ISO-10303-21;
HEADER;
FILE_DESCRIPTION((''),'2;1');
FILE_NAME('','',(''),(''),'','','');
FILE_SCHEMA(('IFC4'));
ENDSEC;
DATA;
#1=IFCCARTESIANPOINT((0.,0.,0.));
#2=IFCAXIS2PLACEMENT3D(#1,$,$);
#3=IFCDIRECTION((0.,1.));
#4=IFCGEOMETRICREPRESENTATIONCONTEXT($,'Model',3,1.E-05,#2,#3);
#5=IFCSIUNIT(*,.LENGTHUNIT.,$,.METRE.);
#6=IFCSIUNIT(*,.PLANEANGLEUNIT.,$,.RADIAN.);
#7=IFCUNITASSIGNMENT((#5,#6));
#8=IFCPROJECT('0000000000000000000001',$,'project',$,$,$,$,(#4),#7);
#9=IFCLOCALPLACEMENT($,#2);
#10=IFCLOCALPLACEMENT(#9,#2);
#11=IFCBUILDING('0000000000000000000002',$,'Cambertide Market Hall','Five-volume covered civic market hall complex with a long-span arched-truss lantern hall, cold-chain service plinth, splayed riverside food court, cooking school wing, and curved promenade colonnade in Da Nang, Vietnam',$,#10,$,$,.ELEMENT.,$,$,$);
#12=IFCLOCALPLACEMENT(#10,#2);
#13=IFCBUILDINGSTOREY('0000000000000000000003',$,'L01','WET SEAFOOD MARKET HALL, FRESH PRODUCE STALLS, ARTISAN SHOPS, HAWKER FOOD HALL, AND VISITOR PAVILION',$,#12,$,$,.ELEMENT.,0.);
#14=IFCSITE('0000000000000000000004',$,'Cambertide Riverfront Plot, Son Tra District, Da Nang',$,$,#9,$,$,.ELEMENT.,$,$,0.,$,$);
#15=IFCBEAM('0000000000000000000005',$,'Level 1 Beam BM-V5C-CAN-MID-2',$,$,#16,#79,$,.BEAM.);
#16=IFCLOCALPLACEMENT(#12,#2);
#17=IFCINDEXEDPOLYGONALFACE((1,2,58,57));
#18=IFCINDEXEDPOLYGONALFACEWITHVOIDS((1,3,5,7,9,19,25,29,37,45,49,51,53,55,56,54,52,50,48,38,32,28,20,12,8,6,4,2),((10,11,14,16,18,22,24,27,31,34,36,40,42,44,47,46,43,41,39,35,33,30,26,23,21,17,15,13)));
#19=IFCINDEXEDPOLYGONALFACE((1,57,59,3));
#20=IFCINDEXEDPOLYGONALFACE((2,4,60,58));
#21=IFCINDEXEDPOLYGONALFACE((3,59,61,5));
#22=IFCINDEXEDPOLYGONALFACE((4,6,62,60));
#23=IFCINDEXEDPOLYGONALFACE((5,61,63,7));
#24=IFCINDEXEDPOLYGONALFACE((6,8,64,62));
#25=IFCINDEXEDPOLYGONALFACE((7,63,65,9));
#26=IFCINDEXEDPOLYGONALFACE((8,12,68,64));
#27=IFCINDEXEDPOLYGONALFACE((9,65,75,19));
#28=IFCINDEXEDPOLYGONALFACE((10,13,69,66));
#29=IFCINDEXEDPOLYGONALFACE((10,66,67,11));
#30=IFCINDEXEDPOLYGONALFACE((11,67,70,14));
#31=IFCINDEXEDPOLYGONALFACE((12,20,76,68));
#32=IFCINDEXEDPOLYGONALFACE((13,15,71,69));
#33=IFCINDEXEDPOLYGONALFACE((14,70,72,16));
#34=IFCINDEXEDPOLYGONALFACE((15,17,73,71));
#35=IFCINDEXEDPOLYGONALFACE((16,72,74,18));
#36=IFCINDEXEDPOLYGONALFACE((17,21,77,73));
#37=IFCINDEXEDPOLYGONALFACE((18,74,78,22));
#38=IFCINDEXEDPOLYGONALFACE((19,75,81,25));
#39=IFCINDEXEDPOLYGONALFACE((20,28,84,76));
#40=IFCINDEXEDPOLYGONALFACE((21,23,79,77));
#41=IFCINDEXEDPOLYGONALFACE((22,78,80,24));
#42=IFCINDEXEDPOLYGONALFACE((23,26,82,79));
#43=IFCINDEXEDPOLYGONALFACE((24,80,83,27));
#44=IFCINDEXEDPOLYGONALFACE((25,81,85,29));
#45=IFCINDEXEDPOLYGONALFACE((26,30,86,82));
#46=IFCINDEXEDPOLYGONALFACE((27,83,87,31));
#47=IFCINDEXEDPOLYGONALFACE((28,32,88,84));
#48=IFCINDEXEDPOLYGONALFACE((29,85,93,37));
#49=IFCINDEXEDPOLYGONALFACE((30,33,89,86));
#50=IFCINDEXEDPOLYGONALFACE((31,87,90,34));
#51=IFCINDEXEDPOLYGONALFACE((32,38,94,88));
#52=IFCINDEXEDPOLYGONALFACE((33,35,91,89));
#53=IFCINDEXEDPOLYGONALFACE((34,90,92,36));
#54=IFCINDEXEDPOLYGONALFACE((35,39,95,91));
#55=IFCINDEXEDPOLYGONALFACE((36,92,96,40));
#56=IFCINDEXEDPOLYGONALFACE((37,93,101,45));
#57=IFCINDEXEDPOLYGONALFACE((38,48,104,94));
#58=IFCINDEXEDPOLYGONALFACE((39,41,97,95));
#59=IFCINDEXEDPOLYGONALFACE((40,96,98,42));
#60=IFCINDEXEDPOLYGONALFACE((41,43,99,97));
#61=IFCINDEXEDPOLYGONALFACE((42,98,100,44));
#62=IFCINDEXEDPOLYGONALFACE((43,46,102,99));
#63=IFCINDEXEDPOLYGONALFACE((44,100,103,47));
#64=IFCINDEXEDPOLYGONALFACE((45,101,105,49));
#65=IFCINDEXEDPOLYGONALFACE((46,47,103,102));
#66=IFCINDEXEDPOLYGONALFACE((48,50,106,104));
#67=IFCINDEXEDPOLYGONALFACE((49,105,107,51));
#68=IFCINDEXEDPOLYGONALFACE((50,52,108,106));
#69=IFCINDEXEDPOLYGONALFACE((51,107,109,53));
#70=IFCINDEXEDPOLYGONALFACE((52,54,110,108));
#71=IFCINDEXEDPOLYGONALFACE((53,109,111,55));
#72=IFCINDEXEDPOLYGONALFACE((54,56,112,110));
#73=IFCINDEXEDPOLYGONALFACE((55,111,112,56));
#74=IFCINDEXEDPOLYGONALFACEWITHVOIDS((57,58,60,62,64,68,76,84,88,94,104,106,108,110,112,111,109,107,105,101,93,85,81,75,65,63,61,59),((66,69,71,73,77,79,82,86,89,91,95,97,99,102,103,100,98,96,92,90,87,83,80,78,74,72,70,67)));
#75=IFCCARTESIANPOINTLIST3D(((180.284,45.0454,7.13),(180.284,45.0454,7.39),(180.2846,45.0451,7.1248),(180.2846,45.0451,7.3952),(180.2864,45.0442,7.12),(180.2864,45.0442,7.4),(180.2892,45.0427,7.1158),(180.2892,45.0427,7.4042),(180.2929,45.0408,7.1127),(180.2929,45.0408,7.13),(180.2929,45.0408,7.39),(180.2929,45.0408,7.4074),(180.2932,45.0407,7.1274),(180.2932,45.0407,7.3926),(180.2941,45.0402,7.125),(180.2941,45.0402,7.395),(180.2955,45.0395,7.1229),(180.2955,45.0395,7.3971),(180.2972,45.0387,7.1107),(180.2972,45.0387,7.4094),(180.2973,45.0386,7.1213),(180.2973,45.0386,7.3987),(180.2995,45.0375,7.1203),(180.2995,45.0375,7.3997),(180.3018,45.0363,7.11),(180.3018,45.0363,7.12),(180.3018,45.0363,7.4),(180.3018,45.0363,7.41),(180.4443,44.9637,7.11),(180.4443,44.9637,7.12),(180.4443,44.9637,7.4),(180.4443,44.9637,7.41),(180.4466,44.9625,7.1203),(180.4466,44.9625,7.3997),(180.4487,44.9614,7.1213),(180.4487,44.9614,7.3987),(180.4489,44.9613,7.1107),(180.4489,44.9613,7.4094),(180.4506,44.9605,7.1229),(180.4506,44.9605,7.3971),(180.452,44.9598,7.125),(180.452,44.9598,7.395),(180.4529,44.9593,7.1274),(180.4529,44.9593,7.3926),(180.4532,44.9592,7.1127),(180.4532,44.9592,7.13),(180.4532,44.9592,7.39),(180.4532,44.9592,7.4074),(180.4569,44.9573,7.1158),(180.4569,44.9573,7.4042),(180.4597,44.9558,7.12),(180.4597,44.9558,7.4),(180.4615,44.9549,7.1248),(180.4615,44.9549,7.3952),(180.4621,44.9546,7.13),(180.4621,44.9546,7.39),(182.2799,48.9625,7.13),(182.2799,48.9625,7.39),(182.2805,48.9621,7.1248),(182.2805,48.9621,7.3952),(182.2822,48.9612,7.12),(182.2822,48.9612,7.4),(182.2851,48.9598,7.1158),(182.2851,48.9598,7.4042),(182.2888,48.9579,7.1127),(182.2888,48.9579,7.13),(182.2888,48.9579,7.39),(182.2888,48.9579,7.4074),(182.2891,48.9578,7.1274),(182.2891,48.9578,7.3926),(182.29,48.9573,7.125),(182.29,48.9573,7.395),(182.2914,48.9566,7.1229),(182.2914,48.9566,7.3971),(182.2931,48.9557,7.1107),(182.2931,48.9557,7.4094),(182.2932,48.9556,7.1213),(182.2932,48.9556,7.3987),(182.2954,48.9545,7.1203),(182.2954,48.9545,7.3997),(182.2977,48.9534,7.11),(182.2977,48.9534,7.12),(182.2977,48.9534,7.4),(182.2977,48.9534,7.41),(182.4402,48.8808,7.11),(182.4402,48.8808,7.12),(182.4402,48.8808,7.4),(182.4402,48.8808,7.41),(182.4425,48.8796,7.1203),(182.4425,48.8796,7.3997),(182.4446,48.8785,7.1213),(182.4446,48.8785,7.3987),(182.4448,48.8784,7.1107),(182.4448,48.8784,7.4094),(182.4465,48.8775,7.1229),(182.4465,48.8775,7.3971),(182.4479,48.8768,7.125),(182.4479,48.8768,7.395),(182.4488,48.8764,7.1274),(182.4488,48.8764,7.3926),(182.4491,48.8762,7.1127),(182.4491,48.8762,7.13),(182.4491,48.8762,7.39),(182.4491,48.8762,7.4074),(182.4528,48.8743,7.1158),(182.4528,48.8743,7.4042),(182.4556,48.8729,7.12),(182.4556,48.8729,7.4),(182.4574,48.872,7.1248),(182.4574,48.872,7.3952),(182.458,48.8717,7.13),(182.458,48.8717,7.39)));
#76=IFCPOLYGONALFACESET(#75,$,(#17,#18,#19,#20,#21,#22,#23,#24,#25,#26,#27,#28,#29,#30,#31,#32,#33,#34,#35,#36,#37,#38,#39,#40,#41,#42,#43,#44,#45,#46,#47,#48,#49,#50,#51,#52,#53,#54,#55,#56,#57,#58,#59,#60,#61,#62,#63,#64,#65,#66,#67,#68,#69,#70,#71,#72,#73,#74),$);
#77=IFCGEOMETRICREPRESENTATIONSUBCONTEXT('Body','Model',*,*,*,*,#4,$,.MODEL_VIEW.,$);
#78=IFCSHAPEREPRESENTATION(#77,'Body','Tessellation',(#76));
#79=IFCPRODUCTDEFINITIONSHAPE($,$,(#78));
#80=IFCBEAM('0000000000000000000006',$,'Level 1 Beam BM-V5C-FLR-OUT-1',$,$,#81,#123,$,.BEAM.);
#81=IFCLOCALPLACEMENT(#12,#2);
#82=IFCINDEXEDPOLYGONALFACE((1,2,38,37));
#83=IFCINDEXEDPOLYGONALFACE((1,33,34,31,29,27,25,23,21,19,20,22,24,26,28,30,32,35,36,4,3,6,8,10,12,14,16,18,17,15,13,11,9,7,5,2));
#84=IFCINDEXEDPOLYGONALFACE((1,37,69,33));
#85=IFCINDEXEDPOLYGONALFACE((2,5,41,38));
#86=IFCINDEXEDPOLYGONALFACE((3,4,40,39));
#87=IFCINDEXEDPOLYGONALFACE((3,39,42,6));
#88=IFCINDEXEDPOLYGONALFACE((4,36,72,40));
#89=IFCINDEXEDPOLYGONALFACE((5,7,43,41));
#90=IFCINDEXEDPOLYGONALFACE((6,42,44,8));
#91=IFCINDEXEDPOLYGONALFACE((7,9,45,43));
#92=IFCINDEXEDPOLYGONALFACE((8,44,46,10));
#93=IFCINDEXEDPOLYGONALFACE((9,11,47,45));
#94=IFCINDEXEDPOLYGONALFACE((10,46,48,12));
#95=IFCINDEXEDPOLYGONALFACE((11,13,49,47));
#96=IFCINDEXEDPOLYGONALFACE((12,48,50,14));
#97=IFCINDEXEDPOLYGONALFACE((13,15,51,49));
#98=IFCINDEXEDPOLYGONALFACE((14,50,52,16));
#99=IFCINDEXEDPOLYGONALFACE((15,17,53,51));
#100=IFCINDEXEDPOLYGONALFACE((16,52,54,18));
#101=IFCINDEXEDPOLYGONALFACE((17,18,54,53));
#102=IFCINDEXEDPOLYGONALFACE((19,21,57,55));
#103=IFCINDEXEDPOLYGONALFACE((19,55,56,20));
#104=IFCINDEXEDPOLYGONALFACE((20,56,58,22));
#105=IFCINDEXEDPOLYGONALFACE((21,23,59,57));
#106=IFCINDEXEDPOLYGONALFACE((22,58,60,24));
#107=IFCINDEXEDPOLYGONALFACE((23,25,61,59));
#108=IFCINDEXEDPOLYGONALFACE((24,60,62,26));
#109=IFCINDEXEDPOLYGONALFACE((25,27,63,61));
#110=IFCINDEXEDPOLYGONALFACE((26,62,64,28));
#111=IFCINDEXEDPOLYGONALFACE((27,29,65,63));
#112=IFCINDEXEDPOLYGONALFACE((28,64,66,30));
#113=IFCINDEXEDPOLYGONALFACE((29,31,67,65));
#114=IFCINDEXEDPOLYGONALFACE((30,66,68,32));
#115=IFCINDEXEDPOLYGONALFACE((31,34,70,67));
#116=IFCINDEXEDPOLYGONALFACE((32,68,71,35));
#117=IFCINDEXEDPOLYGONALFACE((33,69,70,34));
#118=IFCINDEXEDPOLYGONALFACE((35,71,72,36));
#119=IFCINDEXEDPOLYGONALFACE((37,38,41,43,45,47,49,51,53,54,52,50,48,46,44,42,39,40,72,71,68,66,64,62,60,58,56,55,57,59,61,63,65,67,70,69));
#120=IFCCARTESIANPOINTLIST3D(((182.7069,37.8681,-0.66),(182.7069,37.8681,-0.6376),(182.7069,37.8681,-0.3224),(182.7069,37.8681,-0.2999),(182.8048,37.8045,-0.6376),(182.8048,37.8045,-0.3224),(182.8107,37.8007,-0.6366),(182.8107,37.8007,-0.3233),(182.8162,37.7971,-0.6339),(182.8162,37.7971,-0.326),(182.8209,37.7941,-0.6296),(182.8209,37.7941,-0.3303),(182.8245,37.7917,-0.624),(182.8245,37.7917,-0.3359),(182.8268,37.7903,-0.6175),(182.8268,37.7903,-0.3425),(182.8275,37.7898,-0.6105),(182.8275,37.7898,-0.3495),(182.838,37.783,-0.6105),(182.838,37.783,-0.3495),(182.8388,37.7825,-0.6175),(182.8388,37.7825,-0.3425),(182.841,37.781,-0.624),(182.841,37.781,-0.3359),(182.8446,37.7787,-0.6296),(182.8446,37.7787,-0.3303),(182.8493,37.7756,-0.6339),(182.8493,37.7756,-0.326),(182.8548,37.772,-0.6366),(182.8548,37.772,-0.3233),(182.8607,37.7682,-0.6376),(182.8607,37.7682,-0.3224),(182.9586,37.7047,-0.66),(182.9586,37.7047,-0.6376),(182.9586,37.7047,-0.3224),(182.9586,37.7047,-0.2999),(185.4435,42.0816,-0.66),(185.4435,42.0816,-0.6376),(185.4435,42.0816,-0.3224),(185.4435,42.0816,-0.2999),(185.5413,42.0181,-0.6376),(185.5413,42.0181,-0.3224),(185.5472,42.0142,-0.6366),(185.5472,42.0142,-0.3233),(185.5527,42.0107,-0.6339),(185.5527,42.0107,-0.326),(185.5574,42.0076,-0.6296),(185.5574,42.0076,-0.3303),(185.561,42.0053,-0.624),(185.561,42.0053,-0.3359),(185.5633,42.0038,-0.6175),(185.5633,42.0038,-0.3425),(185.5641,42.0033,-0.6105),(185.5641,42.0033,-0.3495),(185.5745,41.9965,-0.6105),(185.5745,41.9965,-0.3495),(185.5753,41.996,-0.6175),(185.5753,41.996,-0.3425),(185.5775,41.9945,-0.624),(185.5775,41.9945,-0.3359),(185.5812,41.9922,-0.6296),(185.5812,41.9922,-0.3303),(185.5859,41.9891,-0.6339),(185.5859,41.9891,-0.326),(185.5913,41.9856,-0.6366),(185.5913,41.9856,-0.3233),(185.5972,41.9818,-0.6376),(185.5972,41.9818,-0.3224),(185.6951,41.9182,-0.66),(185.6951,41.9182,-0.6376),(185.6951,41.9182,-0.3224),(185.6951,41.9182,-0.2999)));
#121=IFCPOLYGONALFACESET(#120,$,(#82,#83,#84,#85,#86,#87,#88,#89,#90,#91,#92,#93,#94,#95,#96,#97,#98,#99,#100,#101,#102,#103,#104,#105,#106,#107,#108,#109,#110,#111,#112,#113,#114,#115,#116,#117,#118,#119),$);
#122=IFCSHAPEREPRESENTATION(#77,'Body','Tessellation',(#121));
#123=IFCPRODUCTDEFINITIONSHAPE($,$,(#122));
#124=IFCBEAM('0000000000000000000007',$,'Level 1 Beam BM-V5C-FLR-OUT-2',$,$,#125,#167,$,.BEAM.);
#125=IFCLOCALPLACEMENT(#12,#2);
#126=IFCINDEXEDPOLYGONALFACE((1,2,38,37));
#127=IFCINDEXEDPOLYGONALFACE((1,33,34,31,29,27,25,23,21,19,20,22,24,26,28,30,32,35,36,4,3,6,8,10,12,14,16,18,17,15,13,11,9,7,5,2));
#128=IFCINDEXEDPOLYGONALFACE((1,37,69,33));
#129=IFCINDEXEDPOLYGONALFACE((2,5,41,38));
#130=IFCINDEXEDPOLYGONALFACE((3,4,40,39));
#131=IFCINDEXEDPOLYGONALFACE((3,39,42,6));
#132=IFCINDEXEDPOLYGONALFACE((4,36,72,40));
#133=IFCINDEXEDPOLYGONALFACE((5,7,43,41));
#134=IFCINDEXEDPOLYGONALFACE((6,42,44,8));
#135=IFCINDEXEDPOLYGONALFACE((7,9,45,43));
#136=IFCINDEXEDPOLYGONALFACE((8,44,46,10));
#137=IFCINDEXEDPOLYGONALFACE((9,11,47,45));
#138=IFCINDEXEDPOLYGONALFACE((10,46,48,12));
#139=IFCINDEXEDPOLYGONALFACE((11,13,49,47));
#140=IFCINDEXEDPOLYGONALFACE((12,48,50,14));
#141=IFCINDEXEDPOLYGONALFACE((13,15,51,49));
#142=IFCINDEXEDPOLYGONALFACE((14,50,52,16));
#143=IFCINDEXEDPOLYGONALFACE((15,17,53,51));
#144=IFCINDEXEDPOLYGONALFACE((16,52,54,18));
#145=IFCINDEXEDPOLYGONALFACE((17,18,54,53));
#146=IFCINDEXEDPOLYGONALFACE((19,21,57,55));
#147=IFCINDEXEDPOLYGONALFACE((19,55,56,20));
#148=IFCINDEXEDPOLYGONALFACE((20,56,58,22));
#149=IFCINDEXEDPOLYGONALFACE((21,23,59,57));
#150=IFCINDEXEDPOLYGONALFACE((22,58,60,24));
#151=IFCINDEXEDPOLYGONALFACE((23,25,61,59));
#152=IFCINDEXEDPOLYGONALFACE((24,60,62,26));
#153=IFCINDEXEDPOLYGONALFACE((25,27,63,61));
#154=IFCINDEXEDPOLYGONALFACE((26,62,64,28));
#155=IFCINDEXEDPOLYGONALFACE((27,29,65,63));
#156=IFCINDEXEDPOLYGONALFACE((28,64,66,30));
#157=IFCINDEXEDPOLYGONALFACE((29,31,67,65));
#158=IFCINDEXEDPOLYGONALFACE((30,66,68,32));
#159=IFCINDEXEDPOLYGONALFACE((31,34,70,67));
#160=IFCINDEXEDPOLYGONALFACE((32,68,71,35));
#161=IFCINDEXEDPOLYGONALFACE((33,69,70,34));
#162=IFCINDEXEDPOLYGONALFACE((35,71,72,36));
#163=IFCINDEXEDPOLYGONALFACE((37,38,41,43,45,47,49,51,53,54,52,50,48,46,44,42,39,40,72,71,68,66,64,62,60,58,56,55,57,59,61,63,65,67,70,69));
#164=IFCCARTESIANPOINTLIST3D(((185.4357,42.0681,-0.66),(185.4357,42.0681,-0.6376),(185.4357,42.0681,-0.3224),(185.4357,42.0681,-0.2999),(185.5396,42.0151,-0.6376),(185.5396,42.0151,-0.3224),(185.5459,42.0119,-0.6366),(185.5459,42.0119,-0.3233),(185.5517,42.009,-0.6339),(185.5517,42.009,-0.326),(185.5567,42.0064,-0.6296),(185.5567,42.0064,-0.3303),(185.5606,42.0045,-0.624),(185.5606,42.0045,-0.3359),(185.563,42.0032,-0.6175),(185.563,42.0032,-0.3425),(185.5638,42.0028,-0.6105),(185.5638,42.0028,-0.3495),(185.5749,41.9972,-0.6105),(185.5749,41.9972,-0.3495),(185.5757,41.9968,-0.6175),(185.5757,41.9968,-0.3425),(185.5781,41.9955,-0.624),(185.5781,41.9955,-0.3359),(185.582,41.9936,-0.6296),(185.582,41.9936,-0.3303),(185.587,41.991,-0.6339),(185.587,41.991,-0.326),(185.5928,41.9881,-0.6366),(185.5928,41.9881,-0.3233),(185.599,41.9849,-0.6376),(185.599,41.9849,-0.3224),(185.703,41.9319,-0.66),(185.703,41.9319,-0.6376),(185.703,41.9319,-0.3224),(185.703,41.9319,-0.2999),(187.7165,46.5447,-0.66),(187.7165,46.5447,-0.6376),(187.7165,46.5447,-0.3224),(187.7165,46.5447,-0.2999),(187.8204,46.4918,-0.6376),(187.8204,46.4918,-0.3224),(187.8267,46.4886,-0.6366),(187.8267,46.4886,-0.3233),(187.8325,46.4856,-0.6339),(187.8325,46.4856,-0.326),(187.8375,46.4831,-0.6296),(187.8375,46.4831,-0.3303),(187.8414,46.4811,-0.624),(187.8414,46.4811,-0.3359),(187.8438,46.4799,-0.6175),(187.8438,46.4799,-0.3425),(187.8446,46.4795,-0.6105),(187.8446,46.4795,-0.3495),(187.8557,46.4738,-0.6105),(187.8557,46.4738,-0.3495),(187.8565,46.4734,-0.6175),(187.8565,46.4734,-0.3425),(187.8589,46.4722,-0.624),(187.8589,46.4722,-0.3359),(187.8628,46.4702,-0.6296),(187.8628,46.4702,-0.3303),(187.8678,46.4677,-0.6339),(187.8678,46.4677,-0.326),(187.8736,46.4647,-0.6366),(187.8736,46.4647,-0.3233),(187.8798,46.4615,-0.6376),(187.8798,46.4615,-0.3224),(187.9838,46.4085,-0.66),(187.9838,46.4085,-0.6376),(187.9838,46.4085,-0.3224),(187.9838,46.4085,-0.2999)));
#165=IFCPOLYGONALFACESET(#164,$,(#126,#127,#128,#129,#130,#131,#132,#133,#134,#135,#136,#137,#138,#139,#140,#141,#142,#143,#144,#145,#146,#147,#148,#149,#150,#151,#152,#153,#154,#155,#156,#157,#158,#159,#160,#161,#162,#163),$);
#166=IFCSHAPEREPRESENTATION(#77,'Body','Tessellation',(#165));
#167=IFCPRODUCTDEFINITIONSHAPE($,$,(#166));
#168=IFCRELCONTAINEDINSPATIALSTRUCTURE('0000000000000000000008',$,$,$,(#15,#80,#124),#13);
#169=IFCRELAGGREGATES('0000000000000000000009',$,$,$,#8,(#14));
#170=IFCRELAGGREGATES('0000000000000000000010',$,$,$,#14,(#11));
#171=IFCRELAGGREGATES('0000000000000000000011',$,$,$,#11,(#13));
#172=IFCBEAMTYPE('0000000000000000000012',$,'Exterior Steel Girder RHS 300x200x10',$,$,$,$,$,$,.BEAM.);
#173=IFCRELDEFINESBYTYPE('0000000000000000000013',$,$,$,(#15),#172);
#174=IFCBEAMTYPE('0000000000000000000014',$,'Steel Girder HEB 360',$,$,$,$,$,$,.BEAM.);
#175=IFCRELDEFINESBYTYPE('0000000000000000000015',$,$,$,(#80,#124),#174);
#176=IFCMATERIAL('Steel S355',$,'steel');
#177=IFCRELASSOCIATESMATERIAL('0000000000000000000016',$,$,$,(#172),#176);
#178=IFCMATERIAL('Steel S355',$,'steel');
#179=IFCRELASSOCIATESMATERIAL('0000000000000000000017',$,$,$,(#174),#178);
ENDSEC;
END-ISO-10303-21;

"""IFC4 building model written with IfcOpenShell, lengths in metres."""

from ifc_helpers import new_model, si_unit, direction, frame, origin, origin_2d, place, context, subcontext, project, spatial, hollow_rectangle, i_section, extrude, material, material_profile, profile_set, type_object, element, save


model = new_model("IFC4")

# Units and contexts
model_context = context("Model", 3, precision=1e-05, world=origin(), true_north=direction((0.0, 1.0)))
body_context = subcontext(model_context, "Body", "Model", "MODEL_VIEW")
ifc_project = project(units=[si_unit("LENGTHUNIT", "METRE"), si_unit("PLANEANGLEUNIT", "RADIAN")], contexts=[model_context])

# Site, building, storey
site_placement = place(None, origin())
site = spatial("IfcSite", under=ifc_project, at=site_placement, Name="Cambertide Riverfront Plot, Son Tra District, Da Nang", CompositionType="ELEMENT", RefElevation=0.0)
building_placement = place(site_placement, origin())
building = spatial("IfcBuilding", under=site, at=building_placement, Name="Cambertide Market Hall", Description="Five-volume covered civic market hall complex with a long-span arched-truss lantern hall, cold-chain service plinth, splayed riverside food court, cooking school wing, and curved promenade colonnade in Da Nang, Vietnam", CompositionType="ELEMENT")
storey_placement = place(building_placement, origin())
storey = spatial("IfcBuildingStorey", under=building, at=storey_placement, Name="L01", Description="WET SEAFOOD MARKET HALL, FRESH PRODUCE STALLS, ARTISAN SHOPS, HAWKER FOOD HALL, AND VISITOR PAVILION", CompositionType="ELEMENT", Elevation=0.0)

# Beams
ifc_material_1 = material(Name="Steel S355", Category="steel")
ifc_material_profile_1 = material_profile(ifc_material_1, hollow_rectangle(XDim=0.2, YDim=0.3, WallThickness=0.01, InnerFilletRadius=0.01, OuterFilletRadius=0.02, at=origin_2d()), Name="RHS 300x200x10")
ifc_profile_set_1 = profile_set([ifc_material_profile_1], Name="Steel S355")
beam_type_1 = type_object("IfcBeamType", Name="Exterior Steel Girder RHS 300x200x10", PredefinedType="BEAM", material=ifc_profile_set_1)
beam_1_placement = place(storey_placement, frame((180.373, 45.0, 7.26), z_axis=(0.453998, 0.891003, 0.0), x_axis=(-0.891003, 0.453998, 0.0)))
element("IfcBeam", 1, at=beam_1_placement, inside=storey, type_object=beam_type_1, Name="Level 1 Beam BM-V5C-CAN-MID-2", PredefinedType="BEAM", context=body_context, shape_type="SweptSolid", body=[
    extrude(hollow_rectangle(XDim=0.2, YDim=0.3, WallThickness=0.01, InnerFilletRadius=0.01, OuterFilletRadius=0.02, at=origin_2d()), origin(), (0.0, 0.0, 1.0), 4.3962),
])
ifc_material_2 = material(Name="Steel S355", Category="steel")
ifc_material_profile_2 = material_profile(ifc_material_2, i_section(OverallWidth=0.3, OverallDepth=0.3601, WebThickness=0.0125, FlangeThickness=0.0225, FilletRadius=0.0271, at=origin_2d()), Name="HEB 360")
ifc_profile_set_2 = profile_set([ifc_material_profile_2], Name="Steel S355")
beam_type_2 = type_object("IfcBeamType", Name="Steel Girder HEB 360", PredefinedType="BEAM", material=ifc_profile_set_2)
for number, where, z_axis, x_axis, name in (
    (2, (182.8328, 37.7864, -0.48), (0.544669, 0.838651, 0.0), (-0.838651, 0.544669, 0.0), "Level 1 Beam BM-V5C-FLR-OUT-1"),
    (3, (185.5693, 42.0, -0.48), (0.453965, 0.891019, 0.0), (-0.891019, 0.453965, 0.0), "Level 1 Beam BM-V5C-FLR-OUT-2"),
):
    element("IfcBeam", number, at=place(storey_placement, frame(where, z_axis=z_axis, x_axis=x_axis)), inside=storey, type_object=beam_type_2, Name=name, PredefinedType="BEAM", context=body_context, shape_type="SweptSolid", body=[
        extrude(i_section(OverallWidth=0.3, OverallDepth=0.3601, WebThickness=0.0125, FlangeThickness=0.0225, FilletRadius=0.0271, at=origin_2d()), origin(), (0.0, 0.0, 1.0), 5.0242),
    ])

save(model, "model.ifc")
